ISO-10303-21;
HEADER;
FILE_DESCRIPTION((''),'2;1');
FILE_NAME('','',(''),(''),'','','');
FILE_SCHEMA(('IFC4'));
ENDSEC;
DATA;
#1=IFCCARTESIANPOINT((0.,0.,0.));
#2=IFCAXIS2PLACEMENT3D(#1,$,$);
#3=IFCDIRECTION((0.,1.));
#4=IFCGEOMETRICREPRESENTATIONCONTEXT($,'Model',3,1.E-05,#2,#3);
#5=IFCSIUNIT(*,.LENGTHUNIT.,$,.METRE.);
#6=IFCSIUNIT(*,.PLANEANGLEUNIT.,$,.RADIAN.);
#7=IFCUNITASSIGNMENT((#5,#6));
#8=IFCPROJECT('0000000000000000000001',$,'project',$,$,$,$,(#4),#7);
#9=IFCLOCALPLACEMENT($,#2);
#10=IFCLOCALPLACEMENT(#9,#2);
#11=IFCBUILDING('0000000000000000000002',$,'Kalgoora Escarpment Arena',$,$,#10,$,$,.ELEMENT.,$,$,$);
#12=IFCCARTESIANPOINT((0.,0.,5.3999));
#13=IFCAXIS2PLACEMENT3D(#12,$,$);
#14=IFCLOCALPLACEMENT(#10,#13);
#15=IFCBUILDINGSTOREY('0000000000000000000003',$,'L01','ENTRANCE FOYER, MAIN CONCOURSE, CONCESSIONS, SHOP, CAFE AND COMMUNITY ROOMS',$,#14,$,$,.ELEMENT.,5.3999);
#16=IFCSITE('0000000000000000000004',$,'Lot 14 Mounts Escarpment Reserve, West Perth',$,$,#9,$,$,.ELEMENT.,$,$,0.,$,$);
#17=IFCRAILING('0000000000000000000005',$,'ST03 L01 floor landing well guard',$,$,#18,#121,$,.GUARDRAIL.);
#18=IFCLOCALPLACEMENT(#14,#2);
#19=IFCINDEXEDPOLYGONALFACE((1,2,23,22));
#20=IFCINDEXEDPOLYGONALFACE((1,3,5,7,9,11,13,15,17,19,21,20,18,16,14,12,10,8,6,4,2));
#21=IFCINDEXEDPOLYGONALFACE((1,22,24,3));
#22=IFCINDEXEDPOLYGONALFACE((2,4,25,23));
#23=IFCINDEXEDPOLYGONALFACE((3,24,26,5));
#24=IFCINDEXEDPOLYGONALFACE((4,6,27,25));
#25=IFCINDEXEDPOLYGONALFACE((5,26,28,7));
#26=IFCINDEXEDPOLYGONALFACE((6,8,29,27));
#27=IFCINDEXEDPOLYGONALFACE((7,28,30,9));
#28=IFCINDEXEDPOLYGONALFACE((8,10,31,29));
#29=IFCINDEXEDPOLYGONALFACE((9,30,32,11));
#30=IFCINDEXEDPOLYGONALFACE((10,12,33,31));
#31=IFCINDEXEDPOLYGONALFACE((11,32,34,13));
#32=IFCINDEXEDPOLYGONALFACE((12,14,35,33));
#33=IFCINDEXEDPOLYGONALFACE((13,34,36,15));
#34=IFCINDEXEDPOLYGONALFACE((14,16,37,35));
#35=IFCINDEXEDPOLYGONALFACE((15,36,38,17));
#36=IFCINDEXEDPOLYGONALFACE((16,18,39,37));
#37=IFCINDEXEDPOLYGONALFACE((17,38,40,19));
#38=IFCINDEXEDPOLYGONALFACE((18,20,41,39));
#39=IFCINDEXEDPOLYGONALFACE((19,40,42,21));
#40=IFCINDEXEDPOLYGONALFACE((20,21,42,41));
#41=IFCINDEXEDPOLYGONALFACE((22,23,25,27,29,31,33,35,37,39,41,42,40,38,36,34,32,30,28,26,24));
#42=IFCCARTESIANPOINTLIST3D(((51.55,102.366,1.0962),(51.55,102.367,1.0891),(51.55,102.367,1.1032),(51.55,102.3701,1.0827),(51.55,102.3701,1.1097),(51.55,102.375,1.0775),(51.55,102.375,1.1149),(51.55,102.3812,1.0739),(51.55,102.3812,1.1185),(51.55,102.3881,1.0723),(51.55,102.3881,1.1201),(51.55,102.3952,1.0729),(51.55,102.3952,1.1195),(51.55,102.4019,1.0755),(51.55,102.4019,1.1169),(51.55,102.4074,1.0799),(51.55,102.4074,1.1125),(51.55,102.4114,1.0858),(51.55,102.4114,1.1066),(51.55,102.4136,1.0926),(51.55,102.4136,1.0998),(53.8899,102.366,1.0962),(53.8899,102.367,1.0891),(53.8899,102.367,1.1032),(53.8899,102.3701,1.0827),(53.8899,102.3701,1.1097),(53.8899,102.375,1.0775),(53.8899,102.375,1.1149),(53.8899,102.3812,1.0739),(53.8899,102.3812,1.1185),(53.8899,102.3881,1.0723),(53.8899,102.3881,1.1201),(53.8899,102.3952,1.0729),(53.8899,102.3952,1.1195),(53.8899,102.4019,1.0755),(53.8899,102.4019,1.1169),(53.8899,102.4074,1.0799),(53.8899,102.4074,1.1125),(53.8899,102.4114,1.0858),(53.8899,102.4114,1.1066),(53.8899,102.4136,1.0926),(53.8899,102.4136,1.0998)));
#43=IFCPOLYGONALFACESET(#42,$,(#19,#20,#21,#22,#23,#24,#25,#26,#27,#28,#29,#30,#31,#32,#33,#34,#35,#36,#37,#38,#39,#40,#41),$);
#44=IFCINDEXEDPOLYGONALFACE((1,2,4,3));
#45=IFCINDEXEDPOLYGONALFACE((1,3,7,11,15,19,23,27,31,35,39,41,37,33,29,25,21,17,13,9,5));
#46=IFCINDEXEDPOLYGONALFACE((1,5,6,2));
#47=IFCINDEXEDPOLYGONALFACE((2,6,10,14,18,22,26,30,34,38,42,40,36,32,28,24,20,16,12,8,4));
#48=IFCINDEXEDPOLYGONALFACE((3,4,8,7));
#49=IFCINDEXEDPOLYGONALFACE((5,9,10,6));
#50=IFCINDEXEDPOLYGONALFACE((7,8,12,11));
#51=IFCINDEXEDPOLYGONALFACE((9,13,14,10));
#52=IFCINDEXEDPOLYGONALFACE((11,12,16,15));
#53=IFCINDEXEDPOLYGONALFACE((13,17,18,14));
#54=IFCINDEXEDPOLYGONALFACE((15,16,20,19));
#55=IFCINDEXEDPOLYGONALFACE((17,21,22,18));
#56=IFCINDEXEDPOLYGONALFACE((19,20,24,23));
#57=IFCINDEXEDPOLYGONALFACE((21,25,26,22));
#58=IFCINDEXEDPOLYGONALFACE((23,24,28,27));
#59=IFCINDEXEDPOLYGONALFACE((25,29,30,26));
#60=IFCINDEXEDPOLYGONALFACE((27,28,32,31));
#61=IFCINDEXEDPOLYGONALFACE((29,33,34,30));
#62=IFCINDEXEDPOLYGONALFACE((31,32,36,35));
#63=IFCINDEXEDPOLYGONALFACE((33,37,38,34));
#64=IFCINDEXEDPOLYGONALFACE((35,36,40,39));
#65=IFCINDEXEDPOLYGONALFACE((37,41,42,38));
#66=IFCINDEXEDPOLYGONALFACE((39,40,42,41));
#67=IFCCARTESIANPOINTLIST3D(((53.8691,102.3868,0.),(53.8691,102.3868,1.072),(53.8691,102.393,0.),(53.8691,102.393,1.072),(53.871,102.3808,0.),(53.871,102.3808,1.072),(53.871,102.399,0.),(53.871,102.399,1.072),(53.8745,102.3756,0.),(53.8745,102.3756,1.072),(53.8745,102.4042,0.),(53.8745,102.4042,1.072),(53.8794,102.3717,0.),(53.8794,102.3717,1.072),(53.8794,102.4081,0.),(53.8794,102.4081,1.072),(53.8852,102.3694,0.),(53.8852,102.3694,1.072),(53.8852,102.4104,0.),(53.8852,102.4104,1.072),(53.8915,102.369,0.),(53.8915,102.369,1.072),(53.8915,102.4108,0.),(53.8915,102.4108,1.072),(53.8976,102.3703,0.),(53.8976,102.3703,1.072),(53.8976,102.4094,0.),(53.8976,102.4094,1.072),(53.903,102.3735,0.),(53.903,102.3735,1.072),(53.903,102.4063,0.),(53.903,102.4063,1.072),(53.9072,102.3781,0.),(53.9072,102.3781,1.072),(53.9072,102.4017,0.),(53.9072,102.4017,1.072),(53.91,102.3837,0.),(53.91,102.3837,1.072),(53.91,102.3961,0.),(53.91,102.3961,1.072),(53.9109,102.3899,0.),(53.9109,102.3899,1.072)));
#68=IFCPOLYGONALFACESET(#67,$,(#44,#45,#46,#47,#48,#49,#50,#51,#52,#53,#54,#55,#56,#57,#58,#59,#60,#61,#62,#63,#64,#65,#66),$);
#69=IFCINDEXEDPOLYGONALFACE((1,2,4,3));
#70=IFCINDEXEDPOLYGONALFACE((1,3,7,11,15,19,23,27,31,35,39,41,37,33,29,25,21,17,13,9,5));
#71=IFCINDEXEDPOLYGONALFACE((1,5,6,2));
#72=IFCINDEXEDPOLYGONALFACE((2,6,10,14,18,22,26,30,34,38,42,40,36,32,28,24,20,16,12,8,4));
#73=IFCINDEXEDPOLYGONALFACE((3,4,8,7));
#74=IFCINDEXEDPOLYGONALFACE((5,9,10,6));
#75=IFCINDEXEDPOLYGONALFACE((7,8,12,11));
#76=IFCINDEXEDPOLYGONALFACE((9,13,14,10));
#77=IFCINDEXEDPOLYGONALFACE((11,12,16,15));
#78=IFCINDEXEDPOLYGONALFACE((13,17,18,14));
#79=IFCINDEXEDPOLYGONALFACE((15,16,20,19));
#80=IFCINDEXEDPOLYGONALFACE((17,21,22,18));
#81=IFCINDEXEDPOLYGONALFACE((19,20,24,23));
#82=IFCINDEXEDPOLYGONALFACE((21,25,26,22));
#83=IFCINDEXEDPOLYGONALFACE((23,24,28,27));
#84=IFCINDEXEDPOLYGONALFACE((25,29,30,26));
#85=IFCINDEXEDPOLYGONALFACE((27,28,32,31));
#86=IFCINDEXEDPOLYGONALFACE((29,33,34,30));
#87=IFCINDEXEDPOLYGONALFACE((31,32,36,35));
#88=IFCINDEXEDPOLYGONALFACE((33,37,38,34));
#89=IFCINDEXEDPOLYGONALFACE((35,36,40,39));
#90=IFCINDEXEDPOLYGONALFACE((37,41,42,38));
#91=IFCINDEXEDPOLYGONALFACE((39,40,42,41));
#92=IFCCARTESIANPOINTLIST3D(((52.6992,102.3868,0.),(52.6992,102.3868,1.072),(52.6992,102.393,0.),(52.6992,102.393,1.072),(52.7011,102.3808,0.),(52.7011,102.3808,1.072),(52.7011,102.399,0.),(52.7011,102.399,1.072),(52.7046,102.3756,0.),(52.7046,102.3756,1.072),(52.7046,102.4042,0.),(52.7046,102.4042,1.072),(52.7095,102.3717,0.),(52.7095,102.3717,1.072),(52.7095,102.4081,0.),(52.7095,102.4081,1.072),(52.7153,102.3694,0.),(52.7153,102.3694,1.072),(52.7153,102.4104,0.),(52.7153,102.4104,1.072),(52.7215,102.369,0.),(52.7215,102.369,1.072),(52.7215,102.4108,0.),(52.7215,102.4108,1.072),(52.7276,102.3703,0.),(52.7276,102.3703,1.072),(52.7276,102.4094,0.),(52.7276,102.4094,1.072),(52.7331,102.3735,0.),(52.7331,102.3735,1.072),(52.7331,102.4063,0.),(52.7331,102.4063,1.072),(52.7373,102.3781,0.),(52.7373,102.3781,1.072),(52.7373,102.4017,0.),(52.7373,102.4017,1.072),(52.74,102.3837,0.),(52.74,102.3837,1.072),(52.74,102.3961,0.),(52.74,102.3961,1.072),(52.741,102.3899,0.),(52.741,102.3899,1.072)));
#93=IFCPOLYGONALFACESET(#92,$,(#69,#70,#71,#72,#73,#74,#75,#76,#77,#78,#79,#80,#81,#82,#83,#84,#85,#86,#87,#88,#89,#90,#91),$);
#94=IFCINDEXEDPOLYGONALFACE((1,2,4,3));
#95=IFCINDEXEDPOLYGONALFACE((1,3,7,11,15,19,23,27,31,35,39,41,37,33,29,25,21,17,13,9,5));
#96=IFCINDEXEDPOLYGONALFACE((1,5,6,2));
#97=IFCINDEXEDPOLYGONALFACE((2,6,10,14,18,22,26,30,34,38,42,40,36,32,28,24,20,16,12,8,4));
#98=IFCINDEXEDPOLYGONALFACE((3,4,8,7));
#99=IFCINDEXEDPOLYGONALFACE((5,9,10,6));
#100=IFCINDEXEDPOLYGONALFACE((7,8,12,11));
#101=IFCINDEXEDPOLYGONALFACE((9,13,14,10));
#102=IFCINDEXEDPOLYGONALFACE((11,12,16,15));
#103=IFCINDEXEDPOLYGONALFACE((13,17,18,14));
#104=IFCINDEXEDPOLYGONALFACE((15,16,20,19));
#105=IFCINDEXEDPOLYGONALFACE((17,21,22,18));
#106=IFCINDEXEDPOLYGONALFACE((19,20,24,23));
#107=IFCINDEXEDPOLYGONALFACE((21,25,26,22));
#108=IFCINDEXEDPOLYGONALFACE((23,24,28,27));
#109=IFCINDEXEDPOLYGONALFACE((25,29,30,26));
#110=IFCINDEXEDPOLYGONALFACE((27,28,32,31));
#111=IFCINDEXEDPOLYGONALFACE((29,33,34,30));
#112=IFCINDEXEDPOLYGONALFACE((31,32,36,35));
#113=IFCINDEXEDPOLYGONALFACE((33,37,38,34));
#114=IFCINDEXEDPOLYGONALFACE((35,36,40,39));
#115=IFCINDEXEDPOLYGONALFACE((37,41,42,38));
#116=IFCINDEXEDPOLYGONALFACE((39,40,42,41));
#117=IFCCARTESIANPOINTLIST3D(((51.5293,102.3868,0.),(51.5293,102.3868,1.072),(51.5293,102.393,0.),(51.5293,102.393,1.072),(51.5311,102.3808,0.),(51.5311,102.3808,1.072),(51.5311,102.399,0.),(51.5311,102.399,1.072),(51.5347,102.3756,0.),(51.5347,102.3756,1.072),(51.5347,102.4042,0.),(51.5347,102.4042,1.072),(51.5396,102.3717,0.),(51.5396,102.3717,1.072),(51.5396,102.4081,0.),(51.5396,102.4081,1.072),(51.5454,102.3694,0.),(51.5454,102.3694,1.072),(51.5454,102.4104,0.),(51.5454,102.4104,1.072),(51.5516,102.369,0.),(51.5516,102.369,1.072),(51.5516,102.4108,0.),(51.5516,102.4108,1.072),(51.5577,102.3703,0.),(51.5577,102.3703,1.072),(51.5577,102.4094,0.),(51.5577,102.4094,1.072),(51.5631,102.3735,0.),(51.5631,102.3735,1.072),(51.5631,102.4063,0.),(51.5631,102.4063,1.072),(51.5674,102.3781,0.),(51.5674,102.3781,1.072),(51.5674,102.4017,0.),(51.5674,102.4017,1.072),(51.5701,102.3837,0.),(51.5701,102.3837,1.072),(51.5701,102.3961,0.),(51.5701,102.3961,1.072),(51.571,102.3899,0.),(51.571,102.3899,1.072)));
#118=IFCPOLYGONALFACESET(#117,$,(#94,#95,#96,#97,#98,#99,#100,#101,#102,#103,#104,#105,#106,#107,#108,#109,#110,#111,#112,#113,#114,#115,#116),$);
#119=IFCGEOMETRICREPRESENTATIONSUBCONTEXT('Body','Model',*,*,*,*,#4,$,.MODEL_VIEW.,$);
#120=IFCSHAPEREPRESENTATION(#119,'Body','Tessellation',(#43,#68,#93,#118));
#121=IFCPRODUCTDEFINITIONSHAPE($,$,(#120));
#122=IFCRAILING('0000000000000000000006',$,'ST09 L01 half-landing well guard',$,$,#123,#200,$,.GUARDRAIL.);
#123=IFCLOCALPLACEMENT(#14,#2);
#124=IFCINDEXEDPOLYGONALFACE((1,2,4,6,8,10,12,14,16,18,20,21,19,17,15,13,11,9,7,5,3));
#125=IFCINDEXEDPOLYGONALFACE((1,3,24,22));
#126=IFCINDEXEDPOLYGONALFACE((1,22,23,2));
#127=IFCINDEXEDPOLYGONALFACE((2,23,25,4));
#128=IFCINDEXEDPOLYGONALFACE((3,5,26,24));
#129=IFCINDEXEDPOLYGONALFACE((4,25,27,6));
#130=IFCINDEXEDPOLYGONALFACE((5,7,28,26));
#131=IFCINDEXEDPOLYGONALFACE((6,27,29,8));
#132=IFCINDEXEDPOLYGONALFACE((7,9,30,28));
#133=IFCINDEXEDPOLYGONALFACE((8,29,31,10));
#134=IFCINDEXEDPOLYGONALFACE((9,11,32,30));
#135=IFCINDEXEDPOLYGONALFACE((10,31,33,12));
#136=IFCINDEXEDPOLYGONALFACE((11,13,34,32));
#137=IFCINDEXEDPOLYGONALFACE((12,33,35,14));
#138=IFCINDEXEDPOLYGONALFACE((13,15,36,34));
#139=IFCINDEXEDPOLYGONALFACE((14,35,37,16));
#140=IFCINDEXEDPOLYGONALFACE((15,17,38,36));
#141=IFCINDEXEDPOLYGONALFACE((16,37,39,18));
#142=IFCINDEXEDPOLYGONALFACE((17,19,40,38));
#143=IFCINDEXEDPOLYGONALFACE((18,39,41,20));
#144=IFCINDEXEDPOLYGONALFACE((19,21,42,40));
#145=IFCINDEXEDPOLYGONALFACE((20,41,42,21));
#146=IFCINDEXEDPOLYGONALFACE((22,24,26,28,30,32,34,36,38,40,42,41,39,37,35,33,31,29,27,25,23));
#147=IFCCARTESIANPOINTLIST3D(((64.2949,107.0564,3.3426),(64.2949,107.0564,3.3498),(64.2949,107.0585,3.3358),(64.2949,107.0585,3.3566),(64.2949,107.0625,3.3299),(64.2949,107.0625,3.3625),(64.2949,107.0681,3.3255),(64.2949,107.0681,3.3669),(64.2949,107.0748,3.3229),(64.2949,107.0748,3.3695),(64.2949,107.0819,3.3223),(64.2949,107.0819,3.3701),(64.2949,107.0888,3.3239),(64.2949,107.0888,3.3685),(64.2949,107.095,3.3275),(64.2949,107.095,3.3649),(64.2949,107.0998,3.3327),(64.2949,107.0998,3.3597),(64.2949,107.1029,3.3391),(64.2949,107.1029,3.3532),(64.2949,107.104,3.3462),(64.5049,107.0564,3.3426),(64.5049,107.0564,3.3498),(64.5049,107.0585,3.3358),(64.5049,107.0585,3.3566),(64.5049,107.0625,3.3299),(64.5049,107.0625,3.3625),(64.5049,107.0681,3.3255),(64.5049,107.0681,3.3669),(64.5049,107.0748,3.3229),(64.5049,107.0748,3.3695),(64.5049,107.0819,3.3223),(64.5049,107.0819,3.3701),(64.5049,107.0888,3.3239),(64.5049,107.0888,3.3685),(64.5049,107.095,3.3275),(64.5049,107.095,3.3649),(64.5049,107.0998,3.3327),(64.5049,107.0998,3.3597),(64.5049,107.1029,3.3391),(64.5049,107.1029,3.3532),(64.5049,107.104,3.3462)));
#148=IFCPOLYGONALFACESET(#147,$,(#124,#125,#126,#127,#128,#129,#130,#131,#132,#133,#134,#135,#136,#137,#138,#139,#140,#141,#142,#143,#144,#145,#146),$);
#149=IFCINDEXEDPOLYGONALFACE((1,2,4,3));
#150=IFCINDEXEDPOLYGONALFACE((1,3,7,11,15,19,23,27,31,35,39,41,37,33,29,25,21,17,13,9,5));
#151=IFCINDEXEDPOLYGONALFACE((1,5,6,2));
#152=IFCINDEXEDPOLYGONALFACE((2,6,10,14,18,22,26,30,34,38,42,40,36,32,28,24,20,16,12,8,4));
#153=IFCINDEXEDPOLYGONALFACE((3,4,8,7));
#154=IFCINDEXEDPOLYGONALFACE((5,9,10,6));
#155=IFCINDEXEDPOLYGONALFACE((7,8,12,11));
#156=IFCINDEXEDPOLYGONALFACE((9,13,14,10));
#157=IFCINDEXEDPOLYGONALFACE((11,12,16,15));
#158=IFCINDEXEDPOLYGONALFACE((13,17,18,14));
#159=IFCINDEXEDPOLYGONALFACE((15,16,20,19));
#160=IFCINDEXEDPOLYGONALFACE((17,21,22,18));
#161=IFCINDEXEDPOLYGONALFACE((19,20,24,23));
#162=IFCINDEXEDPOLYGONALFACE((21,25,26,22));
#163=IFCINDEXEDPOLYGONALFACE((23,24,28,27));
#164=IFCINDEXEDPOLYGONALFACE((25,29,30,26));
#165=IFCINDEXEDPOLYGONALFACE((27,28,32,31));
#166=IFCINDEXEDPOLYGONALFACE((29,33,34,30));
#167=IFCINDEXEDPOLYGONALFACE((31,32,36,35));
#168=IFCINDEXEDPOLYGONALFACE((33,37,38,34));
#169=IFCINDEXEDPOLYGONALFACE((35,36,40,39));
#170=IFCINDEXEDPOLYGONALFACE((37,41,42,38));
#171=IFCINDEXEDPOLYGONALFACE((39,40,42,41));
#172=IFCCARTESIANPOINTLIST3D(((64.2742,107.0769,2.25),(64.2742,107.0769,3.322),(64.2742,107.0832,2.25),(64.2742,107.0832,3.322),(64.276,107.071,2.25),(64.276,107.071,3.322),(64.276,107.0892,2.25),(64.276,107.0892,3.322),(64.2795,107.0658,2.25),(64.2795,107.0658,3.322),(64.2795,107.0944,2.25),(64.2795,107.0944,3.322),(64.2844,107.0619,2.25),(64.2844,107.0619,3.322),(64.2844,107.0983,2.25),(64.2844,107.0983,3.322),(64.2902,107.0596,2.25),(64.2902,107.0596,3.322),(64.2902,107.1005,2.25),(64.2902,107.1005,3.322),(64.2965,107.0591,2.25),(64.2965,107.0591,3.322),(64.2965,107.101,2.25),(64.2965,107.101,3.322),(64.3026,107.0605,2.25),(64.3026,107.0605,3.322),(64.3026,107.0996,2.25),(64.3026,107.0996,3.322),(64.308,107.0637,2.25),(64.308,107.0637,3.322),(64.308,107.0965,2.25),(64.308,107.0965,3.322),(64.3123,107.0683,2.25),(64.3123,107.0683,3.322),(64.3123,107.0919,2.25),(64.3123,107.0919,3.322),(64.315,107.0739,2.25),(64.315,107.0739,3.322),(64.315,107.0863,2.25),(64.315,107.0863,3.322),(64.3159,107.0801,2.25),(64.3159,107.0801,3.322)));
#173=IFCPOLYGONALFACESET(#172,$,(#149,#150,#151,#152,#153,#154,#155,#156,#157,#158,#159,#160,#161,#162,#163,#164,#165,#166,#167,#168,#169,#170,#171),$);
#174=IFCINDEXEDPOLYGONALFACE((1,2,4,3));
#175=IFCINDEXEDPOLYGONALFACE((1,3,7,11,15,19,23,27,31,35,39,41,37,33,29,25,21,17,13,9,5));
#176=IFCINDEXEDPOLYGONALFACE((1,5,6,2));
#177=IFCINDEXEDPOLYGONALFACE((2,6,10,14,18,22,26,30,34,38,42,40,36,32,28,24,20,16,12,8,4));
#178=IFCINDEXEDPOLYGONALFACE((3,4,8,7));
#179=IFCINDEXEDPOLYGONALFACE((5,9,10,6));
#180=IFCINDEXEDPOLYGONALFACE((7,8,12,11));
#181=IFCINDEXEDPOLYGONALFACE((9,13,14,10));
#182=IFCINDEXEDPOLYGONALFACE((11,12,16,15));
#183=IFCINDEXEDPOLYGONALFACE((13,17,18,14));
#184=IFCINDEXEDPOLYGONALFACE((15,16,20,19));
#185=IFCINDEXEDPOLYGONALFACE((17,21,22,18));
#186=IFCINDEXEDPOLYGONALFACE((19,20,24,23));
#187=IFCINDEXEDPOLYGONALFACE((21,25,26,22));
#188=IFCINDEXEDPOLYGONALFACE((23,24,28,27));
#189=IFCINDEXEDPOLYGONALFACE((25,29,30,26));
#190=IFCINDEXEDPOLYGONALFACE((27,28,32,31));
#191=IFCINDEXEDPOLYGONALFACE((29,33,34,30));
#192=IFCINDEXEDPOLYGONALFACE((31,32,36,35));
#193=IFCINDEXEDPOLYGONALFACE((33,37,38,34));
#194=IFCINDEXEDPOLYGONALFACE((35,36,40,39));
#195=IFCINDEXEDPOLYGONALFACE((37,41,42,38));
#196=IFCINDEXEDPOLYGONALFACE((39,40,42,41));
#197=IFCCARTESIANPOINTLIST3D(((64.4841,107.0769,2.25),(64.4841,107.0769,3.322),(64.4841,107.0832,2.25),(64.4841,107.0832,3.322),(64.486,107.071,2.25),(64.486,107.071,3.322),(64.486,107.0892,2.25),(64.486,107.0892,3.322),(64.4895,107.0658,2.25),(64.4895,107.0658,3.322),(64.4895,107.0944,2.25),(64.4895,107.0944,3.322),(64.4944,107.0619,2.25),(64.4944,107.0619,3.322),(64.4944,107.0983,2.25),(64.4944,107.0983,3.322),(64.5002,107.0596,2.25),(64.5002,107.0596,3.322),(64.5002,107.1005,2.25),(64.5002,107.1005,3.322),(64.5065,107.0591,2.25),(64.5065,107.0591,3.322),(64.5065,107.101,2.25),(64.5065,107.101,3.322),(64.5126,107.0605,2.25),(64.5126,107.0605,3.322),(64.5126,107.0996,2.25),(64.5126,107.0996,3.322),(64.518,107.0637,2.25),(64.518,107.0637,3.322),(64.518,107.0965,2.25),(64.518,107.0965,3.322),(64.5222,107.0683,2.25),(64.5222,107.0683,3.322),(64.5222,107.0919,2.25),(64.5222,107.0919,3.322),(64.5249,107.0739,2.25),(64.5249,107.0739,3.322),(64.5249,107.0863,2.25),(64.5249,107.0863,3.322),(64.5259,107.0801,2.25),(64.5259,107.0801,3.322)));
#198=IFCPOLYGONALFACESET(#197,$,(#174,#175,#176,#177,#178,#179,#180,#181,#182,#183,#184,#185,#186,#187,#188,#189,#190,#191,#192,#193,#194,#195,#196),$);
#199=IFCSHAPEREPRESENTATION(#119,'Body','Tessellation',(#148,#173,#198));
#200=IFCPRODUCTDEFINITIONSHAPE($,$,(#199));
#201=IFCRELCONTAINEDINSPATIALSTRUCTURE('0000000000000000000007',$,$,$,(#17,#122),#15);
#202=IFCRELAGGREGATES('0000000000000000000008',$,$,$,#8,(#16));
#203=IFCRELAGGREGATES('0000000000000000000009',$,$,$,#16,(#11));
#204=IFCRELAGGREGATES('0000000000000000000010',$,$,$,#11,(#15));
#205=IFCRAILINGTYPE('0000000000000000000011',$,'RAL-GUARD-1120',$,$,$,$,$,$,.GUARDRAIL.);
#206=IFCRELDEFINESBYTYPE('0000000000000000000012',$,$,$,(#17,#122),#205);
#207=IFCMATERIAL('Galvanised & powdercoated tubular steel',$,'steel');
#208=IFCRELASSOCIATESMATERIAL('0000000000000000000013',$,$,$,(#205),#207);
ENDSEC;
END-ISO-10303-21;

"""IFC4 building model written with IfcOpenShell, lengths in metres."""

from ifc_helpers import new_model, si_unit, direction, frame, origin, origin_2d, place, context, subcontext, project, spatial, circle, extrude, material, type_object, element, save


model = new_model("IFC4")

# Units and contexts
model_context = context("Model", 3, precision=1e-05, world=origin(), true_north=direction((0.0, 1.0)))
body_context = subcontext(model_context, "Body", "Model", "MODEL_VIEW")
ifc_project = project(units=[si_unit("LENGTHUNIT", "METRE"), si_unit("PLANEANGLEUNIT", "RADIAN")], contexts=[model_context])

# Site, building, storey
site_placement = place(None, origin())
site = spatial("IfcSite", under=ifc_project, at=site_placement, Name="Lot 14 Mounts Escarpment Reserve, West Perth", CompositionType="ELEMENT", RefElevation=0.0)
building_placement = place(site_placement, origin())
building = spatial("IfcBuilding", under=site, at=building_placement, Name="Kalgoora Escarpment Arena", CompositionType="ELEMENT")
storey_placement = place(building_placement, frame((0.0, 0.0, 5.3999)))
storey = spatial("IfcBuildingStorey", under=building, at=storey_placement, Name="L01", Description="ENTRANCE FOYER, MAIN CONCOURSE, CONCESSIONS, SHOP, CAFE AND COMMUNITY ROOMS", CompositionType="ELEMENT", Elevation=5.3999)

# Railings
ifc_material_1 = material(Name="Galvanised & powdercoated tubular steel", Category="steel")
railing_type_1 = type_object("IfcRailingType", Name="RAL-GUARD-1120", PredefinedType="GUARDRAIL", material=ifc_material_1)
railing_1_placement = place(storey_placement, frame((53.8899, 102.3899, 0.0)))
element("IfcRailing", 1, at=railing_1_placement, inside=storey, type_object=railing_type_1, Name="ST03 L01 floor landing well guard", PredefinedType="GUARDRAIL", context=body_context, shape_type="SweptSolid", body=[
    extrude(circle(Radius=0.0239, at=origin_2d()), frame((0.0, 0.0, 1.0962), z_axis=(-1.0, 0.0, 0.0), x_axis=(0.0, -1.0, 0.0)), (0.0, 0.0, 1.0), 2.3398),
    extrude(circle(Radius=0.021, at=origin_2d()), origin(), (0.0, 0.0, 1.0), 1.072),
    extrude(circle(Radius=0.021, at=origin_2d()), frame((-1.1699, 0.0, 0.0)), (0.0, 0.0, 1.0), 1.072),
    extrude(circle(Radius=0.021, at=origin_2d()), frame((-2.3398, 0.0, 0.0)), (0.0, 0.0, 1.0), 1.072),
])
railing_2_placement = place(storey_placement, frame((64.2949, 107.0801, 2.25)))
element("IfcRailing", 2, at=railing_2_placement, inside=storey, type_object=railing_type_1, Name="ST09 L01 half-landing well guard", PredefinedType="GUARDRAIL", context=body_context, shape_type="SweptSolid", body=[
    extrude(circle(Radius=0.0239, at=origin_2d()), frame((0.0, 0.0, 1.0962), z_axis=(1.0, 0.0, 0.0), x_axis=(0.0, 1.0, 0.0)), (0.0, 0.0, 1.0), 0.21),
    extrude(circle(Radius=0.021, at=origin_2d()), origin(), (0.0, 0.0, 1.0), 1.072),
    extrude(circle(Radius=0.021, at=origin_2d()), frame((0.21, 0.0, 0.0)), (0.0, 0.0, 1.0), 1.072),
])

save(model, "model.ifc")
